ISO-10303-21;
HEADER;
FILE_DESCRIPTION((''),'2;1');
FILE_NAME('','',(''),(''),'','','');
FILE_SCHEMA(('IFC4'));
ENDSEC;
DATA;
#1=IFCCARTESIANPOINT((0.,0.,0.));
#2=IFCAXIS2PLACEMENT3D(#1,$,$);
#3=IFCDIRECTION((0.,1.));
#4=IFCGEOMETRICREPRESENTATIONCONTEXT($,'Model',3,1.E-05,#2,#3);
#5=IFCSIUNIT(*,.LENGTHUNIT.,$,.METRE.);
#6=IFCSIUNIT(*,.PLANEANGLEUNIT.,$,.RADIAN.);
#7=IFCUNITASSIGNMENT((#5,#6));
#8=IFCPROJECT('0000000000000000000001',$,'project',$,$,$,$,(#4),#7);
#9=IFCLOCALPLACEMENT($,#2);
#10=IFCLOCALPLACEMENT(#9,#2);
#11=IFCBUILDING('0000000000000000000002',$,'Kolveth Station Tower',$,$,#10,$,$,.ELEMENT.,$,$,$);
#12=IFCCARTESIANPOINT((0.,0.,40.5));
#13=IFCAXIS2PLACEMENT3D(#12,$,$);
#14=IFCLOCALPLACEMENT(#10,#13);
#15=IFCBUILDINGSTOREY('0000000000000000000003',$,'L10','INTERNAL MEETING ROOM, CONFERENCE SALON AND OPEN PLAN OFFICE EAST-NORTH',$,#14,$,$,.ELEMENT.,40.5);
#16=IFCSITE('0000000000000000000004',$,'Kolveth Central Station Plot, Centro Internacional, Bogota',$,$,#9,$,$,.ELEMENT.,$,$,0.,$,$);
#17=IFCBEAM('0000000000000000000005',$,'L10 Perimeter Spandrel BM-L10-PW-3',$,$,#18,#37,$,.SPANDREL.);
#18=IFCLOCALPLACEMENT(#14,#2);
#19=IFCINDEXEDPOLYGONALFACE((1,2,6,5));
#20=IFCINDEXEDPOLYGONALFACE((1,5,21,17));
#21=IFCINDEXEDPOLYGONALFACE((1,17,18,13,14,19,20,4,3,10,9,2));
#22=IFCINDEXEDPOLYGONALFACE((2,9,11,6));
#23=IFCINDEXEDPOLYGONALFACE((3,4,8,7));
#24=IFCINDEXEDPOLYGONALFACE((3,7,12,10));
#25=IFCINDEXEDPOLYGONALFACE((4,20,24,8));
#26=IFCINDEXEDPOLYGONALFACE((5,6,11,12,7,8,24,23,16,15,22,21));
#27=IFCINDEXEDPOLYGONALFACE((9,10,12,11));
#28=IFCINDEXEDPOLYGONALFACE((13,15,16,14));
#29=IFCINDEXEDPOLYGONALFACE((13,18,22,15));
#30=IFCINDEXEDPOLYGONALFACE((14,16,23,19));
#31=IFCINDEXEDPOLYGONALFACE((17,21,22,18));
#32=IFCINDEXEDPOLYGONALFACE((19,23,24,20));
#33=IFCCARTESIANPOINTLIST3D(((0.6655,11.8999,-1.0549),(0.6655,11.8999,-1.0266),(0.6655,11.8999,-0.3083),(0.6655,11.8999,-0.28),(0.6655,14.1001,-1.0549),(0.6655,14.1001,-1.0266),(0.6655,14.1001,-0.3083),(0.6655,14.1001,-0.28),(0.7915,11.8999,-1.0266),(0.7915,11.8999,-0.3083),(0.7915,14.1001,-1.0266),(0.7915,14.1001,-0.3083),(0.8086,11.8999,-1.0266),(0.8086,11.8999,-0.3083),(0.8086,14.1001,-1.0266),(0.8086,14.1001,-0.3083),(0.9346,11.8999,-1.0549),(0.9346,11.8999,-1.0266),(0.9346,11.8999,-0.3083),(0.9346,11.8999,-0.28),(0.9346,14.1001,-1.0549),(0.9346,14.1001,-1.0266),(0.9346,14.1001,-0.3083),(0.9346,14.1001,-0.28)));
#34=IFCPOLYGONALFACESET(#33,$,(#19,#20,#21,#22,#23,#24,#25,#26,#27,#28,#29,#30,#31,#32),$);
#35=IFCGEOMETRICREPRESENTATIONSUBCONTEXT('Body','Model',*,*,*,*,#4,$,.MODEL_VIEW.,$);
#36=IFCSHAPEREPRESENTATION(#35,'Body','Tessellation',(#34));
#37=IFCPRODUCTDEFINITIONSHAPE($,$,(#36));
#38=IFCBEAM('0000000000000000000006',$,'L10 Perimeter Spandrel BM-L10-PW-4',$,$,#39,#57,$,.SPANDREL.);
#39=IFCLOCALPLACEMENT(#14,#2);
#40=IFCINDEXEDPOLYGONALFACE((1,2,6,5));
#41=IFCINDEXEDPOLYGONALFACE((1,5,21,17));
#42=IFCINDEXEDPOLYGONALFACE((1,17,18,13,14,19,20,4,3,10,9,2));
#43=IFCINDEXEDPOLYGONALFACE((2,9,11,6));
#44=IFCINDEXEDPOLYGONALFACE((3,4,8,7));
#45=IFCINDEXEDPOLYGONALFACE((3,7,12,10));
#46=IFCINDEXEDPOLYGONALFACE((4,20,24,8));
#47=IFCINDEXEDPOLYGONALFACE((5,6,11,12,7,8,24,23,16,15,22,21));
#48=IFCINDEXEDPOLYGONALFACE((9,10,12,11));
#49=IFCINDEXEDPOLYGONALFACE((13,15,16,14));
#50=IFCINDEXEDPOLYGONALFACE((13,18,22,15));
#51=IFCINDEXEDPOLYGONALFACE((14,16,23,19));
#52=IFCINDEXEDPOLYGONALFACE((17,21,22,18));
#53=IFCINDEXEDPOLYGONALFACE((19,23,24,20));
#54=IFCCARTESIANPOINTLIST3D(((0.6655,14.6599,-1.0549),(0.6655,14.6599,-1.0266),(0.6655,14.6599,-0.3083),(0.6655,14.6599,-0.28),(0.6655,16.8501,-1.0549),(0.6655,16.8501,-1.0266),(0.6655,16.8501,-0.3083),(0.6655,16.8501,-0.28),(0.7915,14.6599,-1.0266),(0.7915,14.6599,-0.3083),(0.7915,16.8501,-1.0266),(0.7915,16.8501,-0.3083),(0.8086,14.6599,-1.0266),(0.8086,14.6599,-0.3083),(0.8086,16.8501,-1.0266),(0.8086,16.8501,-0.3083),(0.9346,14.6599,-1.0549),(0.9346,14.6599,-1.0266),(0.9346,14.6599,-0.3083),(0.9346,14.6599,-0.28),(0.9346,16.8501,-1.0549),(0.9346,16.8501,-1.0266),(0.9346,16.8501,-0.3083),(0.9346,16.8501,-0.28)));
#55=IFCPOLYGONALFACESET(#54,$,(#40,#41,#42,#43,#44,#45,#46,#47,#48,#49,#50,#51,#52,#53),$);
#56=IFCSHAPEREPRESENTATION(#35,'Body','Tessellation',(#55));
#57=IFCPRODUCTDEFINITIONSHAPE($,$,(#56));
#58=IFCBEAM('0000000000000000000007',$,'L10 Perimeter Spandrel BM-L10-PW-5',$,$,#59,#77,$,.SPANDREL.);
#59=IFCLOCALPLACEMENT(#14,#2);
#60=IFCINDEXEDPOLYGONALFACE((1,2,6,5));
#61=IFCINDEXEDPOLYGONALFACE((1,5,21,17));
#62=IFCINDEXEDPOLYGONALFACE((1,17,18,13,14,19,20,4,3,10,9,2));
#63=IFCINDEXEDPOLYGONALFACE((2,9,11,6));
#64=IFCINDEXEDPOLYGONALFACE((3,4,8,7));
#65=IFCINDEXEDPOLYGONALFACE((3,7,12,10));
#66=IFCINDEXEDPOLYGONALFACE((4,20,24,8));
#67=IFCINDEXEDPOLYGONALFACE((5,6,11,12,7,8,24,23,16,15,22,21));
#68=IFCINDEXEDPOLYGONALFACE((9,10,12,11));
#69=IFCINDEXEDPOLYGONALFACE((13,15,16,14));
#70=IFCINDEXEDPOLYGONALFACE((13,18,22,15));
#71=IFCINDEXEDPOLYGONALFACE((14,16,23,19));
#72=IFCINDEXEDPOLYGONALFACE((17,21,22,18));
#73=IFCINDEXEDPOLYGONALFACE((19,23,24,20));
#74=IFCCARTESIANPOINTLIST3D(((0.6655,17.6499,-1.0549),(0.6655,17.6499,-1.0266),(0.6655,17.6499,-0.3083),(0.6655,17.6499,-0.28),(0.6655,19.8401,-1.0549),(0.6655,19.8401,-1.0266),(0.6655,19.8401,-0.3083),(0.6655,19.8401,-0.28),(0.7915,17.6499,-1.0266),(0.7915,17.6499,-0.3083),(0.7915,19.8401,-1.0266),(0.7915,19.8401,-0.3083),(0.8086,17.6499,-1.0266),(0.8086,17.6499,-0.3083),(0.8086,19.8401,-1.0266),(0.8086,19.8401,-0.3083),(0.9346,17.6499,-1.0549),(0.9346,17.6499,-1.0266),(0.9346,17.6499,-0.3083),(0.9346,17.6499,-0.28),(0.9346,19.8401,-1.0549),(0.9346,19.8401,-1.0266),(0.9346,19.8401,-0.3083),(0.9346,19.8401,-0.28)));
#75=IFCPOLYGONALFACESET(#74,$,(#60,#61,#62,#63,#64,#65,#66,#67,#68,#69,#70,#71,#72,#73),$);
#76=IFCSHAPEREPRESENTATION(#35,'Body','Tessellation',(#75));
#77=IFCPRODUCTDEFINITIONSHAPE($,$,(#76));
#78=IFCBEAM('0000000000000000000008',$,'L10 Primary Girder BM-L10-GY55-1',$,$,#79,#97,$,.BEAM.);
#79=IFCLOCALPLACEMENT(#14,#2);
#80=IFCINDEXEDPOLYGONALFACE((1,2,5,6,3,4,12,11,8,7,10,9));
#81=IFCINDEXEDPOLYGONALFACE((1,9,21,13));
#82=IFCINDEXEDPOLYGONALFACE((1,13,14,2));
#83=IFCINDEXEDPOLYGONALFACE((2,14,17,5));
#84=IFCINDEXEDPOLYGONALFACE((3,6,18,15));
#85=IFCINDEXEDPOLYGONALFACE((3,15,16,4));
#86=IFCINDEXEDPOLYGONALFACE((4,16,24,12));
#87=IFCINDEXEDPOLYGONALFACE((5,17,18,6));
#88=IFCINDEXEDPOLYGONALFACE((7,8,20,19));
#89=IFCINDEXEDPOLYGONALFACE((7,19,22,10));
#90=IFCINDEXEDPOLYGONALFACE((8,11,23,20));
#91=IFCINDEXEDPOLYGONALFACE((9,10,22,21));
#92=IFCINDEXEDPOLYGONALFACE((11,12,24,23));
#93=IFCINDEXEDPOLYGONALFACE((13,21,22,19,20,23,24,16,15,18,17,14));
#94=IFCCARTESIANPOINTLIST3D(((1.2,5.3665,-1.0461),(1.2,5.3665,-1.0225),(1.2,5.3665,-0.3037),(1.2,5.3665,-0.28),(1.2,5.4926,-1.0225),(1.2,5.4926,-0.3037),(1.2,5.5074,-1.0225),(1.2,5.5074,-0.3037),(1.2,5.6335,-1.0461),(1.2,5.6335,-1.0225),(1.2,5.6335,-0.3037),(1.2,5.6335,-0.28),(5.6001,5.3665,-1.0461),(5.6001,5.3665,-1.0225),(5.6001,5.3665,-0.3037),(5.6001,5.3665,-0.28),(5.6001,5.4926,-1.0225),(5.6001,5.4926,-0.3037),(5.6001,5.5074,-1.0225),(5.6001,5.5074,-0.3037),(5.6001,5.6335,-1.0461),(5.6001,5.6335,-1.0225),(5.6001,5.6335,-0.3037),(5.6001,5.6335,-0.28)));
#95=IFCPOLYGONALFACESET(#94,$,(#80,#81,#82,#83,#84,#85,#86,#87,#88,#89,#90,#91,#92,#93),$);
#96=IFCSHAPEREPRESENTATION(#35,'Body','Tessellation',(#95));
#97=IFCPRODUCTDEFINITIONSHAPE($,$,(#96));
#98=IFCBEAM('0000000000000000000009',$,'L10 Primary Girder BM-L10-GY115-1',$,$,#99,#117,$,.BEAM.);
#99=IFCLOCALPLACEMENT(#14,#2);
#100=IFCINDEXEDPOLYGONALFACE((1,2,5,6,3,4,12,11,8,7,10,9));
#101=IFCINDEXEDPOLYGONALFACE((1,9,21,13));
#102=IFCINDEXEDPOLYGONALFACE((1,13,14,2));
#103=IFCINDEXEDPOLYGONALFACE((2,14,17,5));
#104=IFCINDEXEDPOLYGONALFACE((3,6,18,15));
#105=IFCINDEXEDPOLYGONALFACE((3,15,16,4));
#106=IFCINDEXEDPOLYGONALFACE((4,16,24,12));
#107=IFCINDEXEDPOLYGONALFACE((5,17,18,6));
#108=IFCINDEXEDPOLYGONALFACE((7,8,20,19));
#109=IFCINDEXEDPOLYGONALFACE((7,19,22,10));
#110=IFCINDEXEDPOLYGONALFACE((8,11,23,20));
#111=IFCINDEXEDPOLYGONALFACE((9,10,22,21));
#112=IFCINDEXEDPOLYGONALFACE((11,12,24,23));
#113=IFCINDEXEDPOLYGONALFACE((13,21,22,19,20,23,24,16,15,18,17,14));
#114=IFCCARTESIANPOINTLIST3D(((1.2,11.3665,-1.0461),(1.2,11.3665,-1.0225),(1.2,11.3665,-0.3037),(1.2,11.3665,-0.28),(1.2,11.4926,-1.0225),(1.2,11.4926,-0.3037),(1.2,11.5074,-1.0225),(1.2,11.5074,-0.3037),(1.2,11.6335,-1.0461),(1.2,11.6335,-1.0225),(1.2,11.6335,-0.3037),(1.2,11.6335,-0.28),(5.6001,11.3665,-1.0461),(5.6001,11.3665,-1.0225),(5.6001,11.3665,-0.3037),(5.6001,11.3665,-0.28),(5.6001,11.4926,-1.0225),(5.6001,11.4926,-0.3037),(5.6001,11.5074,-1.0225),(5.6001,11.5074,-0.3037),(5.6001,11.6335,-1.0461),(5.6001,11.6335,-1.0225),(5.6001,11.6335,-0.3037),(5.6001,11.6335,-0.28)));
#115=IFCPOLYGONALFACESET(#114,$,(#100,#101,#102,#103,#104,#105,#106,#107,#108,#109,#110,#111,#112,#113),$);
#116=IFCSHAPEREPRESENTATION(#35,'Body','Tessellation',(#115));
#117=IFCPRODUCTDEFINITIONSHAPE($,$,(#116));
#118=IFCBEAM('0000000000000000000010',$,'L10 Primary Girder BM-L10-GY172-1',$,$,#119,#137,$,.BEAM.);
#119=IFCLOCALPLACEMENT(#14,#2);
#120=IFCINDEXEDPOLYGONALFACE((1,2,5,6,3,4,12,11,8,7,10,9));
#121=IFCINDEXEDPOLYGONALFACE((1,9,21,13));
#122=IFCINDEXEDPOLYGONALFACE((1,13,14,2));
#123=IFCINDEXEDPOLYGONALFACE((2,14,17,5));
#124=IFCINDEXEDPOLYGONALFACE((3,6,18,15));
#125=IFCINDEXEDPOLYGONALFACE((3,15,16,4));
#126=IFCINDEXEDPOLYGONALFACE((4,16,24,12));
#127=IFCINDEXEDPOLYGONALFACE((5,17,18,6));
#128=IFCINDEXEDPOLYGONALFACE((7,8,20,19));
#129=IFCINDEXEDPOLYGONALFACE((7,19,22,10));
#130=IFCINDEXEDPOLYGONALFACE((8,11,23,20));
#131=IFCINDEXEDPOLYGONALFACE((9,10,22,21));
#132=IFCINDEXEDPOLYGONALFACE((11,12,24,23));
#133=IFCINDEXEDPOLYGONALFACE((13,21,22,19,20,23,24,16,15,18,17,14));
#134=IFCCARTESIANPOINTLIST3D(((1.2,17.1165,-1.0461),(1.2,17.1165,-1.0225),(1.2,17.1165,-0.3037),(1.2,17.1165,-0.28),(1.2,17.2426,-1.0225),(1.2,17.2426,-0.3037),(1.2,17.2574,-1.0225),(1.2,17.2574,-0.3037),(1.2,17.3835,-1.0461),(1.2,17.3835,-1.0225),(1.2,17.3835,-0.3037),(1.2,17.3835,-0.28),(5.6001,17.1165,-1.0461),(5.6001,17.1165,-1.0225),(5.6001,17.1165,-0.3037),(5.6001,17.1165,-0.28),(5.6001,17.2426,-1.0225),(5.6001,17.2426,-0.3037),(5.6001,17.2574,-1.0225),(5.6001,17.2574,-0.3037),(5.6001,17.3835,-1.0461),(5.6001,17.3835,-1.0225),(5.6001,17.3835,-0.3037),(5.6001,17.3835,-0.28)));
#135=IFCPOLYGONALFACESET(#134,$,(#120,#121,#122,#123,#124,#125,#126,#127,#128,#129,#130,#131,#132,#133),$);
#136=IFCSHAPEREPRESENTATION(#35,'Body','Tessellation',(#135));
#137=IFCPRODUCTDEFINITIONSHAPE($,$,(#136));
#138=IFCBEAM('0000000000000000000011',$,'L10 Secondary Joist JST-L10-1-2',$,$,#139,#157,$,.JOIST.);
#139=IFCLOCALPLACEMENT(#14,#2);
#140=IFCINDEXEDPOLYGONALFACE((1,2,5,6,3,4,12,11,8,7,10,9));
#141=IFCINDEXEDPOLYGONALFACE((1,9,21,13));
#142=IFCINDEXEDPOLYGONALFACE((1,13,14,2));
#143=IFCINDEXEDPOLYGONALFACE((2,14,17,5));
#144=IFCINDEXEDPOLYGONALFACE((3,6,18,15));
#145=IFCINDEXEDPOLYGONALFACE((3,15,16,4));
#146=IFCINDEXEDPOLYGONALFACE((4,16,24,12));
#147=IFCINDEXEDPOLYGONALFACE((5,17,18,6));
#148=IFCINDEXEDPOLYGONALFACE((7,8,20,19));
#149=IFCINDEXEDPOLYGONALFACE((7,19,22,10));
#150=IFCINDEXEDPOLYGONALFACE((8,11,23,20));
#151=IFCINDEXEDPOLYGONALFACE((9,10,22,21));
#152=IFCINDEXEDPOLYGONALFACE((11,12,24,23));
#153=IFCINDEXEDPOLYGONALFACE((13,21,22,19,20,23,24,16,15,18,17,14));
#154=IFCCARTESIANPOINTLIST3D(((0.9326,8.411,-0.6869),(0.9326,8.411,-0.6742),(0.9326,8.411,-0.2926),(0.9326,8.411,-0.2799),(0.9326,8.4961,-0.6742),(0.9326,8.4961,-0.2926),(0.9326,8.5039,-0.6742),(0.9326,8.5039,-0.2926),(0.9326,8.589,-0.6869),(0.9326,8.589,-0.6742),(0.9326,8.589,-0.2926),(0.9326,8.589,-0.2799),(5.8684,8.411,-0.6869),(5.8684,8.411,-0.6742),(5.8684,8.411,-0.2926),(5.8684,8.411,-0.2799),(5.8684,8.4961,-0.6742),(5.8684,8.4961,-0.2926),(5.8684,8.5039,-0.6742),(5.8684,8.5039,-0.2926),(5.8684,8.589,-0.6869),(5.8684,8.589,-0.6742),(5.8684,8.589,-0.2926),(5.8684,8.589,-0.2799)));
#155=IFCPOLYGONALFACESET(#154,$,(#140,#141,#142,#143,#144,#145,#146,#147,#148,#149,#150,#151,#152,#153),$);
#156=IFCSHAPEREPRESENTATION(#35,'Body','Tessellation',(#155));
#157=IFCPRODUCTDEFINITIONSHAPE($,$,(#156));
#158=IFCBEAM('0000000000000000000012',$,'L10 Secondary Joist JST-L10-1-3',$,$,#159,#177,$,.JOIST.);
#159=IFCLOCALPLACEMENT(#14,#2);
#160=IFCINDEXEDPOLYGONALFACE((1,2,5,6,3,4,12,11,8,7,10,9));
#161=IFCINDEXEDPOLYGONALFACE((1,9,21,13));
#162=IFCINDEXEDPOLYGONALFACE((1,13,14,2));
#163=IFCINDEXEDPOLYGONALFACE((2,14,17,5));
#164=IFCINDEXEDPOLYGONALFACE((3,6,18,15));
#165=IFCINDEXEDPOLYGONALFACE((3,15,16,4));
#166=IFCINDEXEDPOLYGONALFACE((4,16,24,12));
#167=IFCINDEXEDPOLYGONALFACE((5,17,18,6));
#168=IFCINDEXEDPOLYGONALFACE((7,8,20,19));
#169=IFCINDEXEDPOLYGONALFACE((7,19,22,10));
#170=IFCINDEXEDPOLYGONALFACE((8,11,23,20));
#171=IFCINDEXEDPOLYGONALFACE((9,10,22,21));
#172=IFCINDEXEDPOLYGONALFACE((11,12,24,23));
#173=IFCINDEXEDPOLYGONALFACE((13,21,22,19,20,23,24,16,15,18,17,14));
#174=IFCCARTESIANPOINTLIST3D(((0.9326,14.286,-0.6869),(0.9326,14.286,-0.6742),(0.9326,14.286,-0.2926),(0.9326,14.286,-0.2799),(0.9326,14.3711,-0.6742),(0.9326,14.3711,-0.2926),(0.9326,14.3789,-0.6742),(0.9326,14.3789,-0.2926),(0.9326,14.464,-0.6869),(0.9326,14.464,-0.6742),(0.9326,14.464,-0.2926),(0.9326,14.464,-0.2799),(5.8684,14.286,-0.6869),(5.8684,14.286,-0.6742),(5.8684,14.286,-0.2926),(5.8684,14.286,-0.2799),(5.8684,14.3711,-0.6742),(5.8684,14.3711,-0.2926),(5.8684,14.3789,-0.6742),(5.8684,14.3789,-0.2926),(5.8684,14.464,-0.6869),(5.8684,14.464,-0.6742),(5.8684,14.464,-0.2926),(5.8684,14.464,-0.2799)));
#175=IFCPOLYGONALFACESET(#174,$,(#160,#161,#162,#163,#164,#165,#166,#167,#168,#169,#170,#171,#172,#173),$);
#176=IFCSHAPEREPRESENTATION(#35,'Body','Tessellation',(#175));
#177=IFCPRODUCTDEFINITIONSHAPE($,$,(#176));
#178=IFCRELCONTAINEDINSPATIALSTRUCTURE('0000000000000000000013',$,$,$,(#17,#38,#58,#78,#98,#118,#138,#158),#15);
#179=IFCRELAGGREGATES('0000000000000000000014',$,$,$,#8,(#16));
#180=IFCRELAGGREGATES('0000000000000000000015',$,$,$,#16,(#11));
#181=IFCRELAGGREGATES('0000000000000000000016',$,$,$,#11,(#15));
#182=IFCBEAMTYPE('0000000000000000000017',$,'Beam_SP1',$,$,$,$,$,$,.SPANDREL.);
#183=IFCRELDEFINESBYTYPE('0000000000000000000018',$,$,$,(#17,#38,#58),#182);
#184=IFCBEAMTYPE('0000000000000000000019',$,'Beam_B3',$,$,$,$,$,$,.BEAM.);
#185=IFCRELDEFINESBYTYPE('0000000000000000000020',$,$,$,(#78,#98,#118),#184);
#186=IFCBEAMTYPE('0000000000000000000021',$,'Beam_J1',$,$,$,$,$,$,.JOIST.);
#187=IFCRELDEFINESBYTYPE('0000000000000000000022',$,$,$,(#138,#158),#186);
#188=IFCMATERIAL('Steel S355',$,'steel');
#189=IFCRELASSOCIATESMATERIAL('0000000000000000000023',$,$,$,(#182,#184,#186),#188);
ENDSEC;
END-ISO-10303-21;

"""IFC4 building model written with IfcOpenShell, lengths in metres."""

from ifc_helpers import new_model, si_unit, direction, frame, origin, origin_2d, place, context, subcontext, project, spatial, i_section, extrude, source, transform, mapped, material, material_profile, profile_set, type_object, element, save


model = new_model("IFC4")

# Units and contexts
model_context = context("Model", 3, precision=1e-05, world=origin(), true_north=direction((0.0, 1.0)))
body_context = subcontext(model_context, "Body", "Model", "MODEL_VIEW")
ifc_project = project(units=[si_unit("LENGTHUNIT", "METRE"), si_unit("PLANEANGLEUNIT", "RADIAN")], contexts=[model_context])

# Site, building, storey
site_placement = place(None, origin())
site = spatial("IfcSite", under=ifc_project, at=site_placement, Name="Kolveth Central Station Plot, Centro Internacional, Bogota", CompositionType="ELEMENT", RefElevation=0.0)
building_placement = place(site_placement, origin())
building = spatial("IfcBuilding", under=site, at=building_placement, Name="Kolveth Station Tower", CompositionType="ELEMENT")
storey_placement = place(building_placement, frame((0.0, 0.0, 40.5)))
storey = spatial("IfcBuildingStorey", under=building, at=storey_placement, Name="L10", Description="INTERNAL MEETING ROOM, CONFERENCE SALON AND OPEN PLAN OFFICE EAST-NORTH", CompositionType="ELEMENT", Elevation=40.5)

# Shared definitions
ifc_material_1 = material(Name="Steel S355", Category="steel")

# Beams
ifc_material_profile_1 = material_profile(ifc_material_1, i_section(OverallWidth=0.269, OverallDepth=0.7749, WebThickness=0.0171, FlangeThickness=0.0283, at=origin_2d()), Name="W760x220")
ifc_profile_set_1 = profile_set([ifc_material_profile_1], Name="Steel S355")
beam_type_1 = type_object("IfcBeamType", Name="Beam_SP1", PredefinedType="SPANDREL", material=ifc_profile_set_1)
shared_shape_1 = source(origin(), body_context, "Body", "SweptSolid", [
    extrude(i_section(OverallWidth=0.269, OverallDepth=0.7749, WebThickness=0.0171, FlangeThickness=0.0283, at=origin_2d()), origin(), (0.0, 0.0, 1.0), 2.2002),
])
beam_1_placement = place(storey_placement, frame((0.8, 11.8999, -0.6675), z_axis=(0.0, 1.0, 0.0), x_axis=(-1.0, 0.0, 0.0)))
element("IfcBeam", 1, at=beam_1_placement, inside=storey, type_object=beam_type_1, Name="L10 Perimeter Spandrel BM-L10-PW-3", PredefinedType="SPANDREL", context=body_context, shape_type="MappedRepresentation", body=[
    mapped(shared_shape_1, transform((0.0, 0.0, 0.0), x_axis=(1.0, 0.0, 0.0), y_axis=(0.0, 1.0, 0.0), z_axis=(0.0, 0.0, 1.0), scale=1.0)),
])
shared_shape_2 = source(origin(), body_context, "Body", "SweptSolid", [
    extrude(i_section(OverallWidth=0.269, OverallDepth=0.7749, WebThickness=0.0171, FlangeThickness=0.0283, at=origin_2d()), origin(), (0.0, 0.0, 1.0), 2.1902),
])
for number, where, z_axis, x_axis, name in (
    (2, (0.8, 14.6599, -0.6675), (0.0, 1.0, 0.0), (-1.0, 0.0, 0.0), "L10 Perimeter Spandrel BM-L10-PW-4"),
    (3, (0.8, 17.6499, -0.6675), (0.0, 1.0, 0.0), (-1.0, 0.0, 0.0), "L10 Perimeter Spandrel BM-L10-PW-5"),
):
    element("IfcBeam", number, at=place(storey_placement, frame(where, z_axis=z_axis, x_axis=x_axis)), inside=storey, type_object=beam_type_1, Name=name, PredefinedType="SPANDREL", context=body_context, shape_type="MappedRepresentation", body=[
        mapped(shared_shape_2, transform((0.0, 0.0, 0.0), x_axis=(1.0, 0.0, 0.0), y_axis=(0.0, 1.0, 0.0), z_axis=(0.0, 0.0, 1.0), scale=1.0)),
    ])
ifc_material_profile_2 = material_profile(ifc_material_1, i_section(OverallWidth=0.2671, OverallDepth=0.7661, WebThickness=0.0149, FlangeThickness=0.0237, at=origin_2d()), Name="W760x185")
ifc_profile_set_2 = profile_set([ifc_material_profile_2], Name="Steel S355")
beam_type_2 = type_object("IfcBeamType", Name="Beam_B3", PredefinedType="BEAM", material=ifc_profile_set_2)
shared_shape_3 = source(origin(), body_context, "Body", "SweptSolid", [
    extrude(i_section(OverallWidth=0.2671, OverallDepth=0.7661, WebThickness=0.0149, FlangeThickness=0.0237, at=origin_2d()), origin(), (0.0, 0.0, 1.0), 4.4001),
])
for number, where, z_axis, x_axis, name in (
    (4, (1.2, 5.5, -0.6631), (1.0, 0.0, 0.0), (0.0, 1.0, 0.0), "L10 Primary Girder BM-L10-GY55-1"),
    (5, (1.2, 11.5, -0.6631), (1.0, 0.0, 0.0), (0.0, 1.0, 0.0), "L10 Primary Girder BM-L10-GY115-1"),
    (6, (1.2, 17.25, -0.6631), (1.0, 0.0, 0.0), (0.0, 1.0, 0.0), "L10 Primary Girder BM-L10-GY172-1"),
):
    element("IfcBeam", number, at=place(storey_placement, frame(where, z_axis=z_axis, x_axis=x_axis)), inside=storey, type_object=beam_type_2, Name=name, PredefinedType="BEAM", context=body_context, shape_type="MappedRepresentation", body=[
        mapped(shared_shape_3, transform((0.0, 0.0, 0.0), x_axis=(1.0, 0.0, 0.0), y_axis=(0.0, 1.0, 0.0), z_axis=(0.0, 0.0, 1.0), scale=1.0)),
    ])
ifc_material_profile_3 = material_profile(ifc_material_1, i_section(OverallWidth=0.178, OverallDepth=0.407, WebThickness=0.0078, FlangeThickness=0.0127, at=origin_2d()), Name="W410x60")
ifc_profile_set_3 = profile_set([ifc_material_profile_3], Name="Steel S355")
beam_type_3 = type_object("IfcBeamType", Name="Beam_J1", PredefinedType="JOIST", material=ifc_profile_set_3)
shared_shape_4 = source(origin(), body_context, "Body", "SweptSolid", [
    extrude(i_section(OverallWidth=0.178, OverallDepth=0.407, WebThickness=0.0078, FlangeThickness=0.0127, at=origin_2d()), origin(), (0.0, 0.0, 1.0), 4.9358),
])
for number, where, z_axis, x_axis, name in (
    (7, (0.9326, 8.5, -0.4834), (1.0, 0.0, 0.0), (0.0, 1.0, 0.0), "L10 Secondary Joist JST-L10-1-2"),
    (8, (0.9326, 14.375, -0.4834), (1.0, 0.0, 0.0), (0.0, 1.0, 0.0), "L10 Secondary Joist JST-L10-1-3"),
):
    element("IfcBeam", number, at=place(storey_placement, frame(where, z_axis=z_axis, x_axis=x_axis)), inside=storey, type_object=beam_type_3, Name=name, PredefinedType="JOIST", context=body_context, shape_type="MappedRepresentation", body=[
        mapped(shared_shape_4, transform((0.0, 0.0, 0.0), x_axis=(1.0, 0.0, 0.0), y_axis=(0.0, 1.0, 0.0), z_axis=(0.0, 0.0, 1.0), scale=1.0)),
    ])

save(model, "model.ifc")
